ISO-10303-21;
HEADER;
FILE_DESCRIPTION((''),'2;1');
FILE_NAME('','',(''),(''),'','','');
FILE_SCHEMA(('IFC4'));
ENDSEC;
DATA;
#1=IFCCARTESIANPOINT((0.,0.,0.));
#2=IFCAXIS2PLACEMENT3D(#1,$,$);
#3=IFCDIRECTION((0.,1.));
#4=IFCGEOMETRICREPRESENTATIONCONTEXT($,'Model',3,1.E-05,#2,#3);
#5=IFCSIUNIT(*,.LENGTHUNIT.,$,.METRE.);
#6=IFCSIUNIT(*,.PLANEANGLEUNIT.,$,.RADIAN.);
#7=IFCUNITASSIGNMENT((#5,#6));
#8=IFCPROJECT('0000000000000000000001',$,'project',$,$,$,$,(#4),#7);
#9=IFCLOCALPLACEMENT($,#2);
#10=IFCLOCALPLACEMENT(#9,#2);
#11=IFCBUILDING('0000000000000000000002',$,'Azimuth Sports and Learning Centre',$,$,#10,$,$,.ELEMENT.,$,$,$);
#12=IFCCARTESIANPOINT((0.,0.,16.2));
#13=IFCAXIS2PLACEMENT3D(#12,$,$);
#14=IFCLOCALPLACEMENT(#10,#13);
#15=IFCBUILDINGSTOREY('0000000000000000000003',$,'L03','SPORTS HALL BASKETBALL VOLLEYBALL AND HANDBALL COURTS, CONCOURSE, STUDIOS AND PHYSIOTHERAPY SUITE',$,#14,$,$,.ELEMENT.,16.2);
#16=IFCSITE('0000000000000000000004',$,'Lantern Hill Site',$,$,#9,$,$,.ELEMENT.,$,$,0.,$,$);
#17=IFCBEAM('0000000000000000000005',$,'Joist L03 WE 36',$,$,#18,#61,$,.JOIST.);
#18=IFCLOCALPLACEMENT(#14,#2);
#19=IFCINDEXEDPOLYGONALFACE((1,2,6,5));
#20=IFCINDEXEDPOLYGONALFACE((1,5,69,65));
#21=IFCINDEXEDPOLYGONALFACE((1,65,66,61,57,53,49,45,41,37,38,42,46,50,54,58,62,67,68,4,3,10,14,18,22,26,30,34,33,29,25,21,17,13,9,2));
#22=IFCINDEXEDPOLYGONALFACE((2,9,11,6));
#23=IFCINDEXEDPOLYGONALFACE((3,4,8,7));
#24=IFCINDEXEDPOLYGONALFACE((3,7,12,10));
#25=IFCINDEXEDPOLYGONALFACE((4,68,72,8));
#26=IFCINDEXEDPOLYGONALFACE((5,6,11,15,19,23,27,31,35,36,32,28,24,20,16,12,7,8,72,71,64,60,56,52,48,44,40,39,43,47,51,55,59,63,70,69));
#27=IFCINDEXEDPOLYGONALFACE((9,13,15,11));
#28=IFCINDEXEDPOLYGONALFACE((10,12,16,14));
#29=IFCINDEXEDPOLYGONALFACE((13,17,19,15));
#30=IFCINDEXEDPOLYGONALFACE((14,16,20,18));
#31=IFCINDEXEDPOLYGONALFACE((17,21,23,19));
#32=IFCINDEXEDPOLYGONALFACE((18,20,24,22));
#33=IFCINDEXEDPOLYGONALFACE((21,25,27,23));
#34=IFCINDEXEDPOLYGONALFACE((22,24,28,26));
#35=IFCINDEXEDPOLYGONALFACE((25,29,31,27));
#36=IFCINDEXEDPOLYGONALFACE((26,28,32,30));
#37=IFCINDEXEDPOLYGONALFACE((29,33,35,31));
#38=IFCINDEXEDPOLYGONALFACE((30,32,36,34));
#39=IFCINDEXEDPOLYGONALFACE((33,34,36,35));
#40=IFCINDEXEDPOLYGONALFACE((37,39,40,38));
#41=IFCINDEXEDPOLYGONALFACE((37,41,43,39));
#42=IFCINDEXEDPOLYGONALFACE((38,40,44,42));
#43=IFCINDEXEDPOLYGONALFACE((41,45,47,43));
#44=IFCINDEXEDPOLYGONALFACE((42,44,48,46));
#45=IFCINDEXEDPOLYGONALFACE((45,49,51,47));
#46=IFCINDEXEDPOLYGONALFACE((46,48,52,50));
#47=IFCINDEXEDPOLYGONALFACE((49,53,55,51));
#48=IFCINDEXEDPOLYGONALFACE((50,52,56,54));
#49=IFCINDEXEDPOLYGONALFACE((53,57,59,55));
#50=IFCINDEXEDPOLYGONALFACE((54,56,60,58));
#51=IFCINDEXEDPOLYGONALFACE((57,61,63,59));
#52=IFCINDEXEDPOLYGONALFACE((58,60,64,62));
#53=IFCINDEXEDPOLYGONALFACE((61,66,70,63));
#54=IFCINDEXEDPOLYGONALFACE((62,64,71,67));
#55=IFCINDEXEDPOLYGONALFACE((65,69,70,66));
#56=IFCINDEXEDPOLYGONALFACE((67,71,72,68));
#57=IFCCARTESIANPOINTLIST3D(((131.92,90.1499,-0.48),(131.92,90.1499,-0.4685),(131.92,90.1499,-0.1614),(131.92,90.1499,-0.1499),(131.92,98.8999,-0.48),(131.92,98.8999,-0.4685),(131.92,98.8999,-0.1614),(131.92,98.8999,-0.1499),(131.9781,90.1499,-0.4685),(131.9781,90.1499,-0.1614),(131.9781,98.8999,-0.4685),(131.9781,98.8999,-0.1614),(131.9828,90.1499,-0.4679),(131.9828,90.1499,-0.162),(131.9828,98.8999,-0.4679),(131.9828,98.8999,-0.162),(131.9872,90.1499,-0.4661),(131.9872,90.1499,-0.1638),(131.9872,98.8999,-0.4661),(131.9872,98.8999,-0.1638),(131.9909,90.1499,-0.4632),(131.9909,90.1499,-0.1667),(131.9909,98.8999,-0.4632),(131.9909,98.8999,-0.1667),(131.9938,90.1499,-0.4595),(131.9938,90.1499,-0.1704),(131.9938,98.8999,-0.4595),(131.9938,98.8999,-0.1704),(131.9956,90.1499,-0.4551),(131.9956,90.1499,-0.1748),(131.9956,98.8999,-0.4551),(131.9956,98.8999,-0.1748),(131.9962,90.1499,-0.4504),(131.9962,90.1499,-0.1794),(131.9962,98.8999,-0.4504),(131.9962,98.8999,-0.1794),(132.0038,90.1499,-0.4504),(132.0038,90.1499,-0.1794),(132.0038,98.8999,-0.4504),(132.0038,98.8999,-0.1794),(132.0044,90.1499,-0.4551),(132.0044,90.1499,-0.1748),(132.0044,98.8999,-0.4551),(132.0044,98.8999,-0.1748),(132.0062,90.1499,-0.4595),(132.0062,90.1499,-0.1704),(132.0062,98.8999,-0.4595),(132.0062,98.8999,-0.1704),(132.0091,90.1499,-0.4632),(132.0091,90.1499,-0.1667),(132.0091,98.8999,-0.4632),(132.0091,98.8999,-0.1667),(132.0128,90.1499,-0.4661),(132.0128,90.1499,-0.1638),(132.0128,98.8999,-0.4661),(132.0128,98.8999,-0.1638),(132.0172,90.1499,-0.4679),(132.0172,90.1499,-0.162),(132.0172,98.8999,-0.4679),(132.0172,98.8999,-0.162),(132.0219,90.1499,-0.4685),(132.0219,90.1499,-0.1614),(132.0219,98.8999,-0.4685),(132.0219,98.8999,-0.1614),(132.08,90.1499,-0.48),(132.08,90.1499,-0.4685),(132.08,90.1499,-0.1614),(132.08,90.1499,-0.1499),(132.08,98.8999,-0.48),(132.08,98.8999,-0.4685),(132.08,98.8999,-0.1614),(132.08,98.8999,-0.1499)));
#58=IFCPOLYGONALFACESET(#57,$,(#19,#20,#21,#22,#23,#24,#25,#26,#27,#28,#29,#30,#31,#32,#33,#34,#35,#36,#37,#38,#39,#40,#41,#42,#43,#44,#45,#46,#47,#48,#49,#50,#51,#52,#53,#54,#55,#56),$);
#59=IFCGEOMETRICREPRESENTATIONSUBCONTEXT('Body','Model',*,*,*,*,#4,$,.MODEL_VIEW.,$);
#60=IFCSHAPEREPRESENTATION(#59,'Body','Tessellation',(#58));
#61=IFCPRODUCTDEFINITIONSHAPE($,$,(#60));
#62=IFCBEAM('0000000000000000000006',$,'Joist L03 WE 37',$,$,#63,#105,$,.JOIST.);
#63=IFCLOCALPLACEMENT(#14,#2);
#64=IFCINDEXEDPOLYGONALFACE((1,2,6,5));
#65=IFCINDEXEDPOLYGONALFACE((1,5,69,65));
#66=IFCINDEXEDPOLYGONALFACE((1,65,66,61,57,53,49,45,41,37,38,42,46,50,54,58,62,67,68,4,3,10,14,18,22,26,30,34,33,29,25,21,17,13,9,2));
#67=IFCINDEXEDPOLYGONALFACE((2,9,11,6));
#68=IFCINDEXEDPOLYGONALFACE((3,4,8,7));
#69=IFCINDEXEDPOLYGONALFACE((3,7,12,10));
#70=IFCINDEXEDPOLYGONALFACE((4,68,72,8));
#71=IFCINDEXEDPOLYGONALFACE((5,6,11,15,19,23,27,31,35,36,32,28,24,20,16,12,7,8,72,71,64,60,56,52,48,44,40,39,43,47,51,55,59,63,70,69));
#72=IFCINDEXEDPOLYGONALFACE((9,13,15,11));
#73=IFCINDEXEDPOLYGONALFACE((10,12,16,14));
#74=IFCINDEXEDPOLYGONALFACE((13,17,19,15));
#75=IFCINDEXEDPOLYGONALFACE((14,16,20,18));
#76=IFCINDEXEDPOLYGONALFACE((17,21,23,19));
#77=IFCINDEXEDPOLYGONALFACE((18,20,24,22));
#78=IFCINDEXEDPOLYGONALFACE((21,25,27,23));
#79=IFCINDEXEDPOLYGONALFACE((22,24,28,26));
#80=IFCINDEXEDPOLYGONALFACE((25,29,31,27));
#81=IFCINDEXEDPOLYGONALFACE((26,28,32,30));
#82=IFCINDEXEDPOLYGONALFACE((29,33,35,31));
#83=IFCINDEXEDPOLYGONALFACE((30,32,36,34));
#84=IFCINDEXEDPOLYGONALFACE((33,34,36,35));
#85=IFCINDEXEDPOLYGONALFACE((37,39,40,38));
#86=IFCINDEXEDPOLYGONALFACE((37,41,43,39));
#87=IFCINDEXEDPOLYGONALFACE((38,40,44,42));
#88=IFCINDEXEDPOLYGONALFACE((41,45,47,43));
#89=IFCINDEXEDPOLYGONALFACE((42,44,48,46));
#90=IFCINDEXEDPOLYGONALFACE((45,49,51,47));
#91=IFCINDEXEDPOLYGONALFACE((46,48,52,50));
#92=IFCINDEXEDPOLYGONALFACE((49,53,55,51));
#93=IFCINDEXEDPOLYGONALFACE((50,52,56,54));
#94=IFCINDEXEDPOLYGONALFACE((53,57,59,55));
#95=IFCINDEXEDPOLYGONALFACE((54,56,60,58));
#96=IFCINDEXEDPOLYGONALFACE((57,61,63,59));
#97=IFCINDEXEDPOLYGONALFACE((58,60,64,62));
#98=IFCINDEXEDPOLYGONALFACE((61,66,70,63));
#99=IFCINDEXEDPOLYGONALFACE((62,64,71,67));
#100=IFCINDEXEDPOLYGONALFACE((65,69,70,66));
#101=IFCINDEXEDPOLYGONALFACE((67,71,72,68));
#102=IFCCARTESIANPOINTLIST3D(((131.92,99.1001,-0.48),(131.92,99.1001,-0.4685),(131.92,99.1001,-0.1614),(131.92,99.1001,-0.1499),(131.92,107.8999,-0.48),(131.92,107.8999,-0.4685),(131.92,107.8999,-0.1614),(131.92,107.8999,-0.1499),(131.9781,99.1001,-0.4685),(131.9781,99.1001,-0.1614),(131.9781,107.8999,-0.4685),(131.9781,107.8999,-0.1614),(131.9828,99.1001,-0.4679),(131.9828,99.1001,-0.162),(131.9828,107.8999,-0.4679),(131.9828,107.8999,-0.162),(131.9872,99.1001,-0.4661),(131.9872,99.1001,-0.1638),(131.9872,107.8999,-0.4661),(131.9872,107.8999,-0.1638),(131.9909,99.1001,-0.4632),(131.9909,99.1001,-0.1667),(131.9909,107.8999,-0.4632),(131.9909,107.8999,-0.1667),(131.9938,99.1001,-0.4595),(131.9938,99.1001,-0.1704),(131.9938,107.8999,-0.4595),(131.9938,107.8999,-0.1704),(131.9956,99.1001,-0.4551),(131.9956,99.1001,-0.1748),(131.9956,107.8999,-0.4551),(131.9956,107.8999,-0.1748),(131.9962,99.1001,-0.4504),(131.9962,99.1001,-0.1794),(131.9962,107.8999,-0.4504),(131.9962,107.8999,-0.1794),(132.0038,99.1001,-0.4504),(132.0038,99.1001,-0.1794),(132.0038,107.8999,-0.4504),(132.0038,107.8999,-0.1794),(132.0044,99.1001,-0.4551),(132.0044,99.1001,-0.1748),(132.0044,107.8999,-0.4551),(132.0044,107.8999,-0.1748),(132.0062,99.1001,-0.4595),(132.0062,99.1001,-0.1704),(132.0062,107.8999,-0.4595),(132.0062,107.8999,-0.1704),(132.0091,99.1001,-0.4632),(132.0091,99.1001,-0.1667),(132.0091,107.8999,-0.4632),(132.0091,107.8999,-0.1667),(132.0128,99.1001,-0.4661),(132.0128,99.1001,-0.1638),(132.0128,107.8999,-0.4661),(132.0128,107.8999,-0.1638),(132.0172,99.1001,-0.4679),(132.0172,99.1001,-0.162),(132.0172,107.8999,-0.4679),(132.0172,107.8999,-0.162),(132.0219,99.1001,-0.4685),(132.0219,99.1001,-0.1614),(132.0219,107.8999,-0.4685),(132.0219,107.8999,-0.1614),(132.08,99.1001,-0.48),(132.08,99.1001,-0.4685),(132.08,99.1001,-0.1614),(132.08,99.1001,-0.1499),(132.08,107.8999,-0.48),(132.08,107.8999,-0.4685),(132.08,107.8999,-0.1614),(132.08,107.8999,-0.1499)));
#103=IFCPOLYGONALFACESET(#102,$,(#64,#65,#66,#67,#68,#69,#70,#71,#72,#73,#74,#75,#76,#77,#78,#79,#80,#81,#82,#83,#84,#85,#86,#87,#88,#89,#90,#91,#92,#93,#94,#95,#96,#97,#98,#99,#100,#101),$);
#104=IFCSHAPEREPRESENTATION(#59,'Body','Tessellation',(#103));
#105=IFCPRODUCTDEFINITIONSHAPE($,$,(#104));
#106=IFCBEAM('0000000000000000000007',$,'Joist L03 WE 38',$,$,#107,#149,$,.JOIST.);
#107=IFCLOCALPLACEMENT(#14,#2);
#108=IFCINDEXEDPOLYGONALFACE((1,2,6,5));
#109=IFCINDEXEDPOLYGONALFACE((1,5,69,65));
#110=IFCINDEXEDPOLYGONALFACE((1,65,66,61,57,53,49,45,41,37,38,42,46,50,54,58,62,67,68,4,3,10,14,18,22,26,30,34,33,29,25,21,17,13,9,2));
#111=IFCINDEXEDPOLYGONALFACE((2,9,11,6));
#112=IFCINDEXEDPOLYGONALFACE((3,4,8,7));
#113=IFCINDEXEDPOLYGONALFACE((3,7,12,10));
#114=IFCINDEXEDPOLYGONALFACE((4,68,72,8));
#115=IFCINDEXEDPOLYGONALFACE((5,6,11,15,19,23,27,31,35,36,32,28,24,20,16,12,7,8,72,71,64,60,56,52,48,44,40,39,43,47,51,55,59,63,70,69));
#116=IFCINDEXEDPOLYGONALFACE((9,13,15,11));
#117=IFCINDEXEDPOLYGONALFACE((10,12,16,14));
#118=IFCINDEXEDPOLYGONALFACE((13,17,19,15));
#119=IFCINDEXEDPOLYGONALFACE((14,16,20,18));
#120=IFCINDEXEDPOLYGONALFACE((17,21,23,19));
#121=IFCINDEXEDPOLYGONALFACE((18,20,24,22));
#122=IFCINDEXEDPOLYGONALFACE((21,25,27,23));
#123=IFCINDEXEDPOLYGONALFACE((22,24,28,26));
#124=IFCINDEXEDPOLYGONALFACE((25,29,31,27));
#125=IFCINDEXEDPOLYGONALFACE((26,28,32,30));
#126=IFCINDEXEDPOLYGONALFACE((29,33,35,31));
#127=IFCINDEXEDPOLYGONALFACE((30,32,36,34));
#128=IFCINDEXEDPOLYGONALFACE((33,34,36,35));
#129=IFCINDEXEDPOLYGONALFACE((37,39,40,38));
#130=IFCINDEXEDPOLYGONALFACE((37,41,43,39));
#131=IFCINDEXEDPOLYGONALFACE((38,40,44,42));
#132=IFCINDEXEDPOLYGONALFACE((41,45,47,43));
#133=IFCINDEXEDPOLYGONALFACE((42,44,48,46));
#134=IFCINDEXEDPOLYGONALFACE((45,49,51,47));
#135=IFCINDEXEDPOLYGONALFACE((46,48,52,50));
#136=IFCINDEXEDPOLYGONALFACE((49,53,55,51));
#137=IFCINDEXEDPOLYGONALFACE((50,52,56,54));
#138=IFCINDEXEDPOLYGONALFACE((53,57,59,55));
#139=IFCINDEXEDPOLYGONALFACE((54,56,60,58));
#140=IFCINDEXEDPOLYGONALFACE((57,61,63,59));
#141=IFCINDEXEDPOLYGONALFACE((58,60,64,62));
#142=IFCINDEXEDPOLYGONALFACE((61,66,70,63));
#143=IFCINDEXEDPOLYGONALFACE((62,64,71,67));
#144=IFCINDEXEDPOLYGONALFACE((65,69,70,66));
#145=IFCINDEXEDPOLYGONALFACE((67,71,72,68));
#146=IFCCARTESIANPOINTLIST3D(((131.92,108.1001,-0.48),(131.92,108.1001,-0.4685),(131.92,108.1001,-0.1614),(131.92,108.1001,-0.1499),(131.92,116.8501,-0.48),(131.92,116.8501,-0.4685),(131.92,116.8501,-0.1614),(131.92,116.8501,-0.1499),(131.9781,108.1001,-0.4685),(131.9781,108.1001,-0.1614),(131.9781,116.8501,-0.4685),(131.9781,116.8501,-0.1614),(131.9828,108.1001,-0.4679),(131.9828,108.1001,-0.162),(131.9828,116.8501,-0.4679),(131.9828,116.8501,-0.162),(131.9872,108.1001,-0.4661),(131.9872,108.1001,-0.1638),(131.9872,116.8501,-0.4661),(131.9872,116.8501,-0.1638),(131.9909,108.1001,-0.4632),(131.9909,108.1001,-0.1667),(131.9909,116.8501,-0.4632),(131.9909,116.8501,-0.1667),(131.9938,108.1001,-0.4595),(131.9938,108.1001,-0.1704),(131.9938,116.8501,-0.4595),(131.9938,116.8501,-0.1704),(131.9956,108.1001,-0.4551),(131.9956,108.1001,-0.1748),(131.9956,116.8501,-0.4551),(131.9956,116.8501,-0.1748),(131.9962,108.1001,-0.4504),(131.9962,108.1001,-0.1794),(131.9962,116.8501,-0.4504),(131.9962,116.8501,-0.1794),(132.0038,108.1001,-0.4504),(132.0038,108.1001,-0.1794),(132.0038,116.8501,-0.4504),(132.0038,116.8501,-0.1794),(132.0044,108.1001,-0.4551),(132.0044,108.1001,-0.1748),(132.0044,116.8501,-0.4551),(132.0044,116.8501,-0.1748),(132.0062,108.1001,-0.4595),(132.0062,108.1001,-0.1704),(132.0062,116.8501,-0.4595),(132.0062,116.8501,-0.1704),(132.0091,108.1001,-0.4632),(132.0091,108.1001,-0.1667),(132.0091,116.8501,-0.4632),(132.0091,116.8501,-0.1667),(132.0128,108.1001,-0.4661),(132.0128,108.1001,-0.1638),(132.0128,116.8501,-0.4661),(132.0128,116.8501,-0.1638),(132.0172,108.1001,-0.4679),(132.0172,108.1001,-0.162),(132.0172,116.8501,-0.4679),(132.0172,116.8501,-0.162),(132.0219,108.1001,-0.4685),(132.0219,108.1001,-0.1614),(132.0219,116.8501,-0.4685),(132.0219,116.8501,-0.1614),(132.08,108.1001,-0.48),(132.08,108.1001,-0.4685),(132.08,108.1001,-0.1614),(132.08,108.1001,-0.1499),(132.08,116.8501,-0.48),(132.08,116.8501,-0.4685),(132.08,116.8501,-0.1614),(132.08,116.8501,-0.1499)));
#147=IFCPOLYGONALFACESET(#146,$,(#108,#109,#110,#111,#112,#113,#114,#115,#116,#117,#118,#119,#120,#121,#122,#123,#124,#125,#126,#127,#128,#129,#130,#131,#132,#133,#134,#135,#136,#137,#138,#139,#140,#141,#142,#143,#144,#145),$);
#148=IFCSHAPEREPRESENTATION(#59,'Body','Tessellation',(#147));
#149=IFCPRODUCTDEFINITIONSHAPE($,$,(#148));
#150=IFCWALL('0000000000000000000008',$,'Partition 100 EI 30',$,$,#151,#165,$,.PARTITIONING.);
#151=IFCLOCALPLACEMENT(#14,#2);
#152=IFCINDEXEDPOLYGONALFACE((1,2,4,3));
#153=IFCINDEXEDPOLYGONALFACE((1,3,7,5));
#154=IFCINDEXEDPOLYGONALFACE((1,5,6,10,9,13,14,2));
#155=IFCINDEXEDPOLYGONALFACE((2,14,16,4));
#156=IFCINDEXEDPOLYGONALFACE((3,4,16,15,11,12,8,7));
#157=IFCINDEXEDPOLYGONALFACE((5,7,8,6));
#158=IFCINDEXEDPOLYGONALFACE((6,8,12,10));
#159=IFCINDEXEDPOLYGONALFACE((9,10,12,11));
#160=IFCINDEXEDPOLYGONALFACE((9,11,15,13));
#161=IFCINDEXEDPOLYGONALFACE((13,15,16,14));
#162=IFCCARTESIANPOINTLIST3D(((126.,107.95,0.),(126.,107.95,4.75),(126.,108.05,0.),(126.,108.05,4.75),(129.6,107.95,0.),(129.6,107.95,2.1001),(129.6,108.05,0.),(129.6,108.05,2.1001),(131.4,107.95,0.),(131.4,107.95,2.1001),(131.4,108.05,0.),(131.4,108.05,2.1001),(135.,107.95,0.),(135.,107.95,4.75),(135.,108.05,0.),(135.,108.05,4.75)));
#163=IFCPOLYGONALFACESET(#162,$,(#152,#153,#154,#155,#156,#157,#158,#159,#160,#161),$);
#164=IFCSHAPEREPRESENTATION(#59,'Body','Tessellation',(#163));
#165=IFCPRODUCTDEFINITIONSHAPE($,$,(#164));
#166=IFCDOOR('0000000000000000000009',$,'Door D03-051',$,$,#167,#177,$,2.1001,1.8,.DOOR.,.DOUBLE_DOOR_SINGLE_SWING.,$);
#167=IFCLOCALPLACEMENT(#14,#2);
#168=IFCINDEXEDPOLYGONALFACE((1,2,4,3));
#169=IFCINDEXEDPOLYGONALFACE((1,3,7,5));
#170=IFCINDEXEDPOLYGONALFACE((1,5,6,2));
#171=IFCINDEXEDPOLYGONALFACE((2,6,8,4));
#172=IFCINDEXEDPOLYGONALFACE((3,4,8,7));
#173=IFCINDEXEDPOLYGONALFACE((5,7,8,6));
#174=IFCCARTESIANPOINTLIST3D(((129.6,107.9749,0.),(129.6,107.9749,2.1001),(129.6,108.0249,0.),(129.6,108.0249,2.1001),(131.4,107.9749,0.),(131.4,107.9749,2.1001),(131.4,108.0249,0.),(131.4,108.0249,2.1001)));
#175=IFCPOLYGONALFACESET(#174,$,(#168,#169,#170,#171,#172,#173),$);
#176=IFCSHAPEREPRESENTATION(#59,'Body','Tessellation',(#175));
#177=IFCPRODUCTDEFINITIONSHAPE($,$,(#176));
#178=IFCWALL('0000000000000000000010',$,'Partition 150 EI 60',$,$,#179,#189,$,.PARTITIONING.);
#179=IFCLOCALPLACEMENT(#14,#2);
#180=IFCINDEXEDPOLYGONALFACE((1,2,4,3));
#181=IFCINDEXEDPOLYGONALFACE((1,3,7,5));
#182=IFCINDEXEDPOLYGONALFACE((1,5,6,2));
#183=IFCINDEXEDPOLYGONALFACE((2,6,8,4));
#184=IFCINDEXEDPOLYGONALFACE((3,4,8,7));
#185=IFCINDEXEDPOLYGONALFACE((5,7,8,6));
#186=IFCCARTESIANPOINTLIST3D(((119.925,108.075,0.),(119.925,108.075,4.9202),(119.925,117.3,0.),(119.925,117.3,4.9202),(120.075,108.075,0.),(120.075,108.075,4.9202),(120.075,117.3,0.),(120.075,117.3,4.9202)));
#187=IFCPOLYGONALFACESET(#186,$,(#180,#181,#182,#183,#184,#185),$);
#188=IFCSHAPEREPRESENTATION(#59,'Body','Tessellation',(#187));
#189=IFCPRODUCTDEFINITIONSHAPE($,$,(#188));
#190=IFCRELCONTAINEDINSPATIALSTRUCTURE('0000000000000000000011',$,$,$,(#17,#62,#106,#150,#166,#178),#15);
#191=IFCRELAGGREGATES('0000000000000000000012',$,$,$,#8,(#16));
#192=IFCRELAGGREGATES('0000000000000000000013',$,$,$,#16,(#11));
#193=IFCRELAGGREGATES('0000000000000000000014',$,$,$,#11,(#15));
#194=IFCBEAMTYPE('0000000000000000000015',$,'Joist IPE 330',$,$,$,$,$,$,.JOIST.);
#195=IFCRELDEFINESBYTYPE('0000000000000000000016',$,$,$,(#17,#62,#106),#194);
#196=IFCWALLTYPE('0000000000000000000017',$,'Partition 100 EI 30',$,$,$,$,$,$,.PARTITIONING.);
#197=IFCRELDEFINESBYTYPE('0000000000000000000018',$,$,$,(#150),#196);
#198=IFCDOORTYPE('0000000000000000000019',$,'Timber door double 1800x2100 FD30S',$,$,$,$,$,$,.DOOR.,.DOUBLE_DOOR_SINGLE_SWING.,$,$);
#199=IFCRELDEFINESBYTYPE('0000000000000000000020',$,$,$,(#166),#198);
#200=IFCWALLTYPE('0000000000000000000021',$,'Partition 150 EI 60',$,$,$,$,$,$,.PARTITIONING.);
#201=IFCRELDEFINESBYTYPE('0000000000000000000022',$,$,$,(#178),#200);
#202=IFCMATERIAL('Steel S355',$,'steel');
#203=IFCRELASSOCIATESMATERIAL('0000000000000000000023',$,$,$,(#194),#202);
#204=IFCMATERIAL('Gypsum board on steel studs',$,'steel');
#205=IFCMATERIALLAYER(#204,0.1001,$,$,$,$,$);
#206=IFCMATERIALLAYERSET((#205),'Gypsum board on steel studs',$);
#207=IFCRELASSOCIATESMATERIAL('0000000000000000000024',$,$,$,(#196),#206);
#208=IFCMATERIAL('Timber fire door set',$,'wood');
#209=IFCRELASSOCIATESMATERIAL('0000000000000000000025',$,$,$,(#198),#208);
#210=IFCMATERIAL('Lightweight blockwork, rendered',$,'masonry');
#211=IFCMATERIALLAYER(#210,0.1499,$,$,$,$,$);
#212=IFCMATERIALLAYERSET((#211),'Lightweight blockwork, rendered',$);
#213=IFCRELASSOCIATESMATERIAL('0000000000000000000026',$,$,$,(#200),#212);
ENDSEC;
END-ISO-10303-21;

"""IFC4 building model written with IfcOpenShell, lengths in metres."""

from ifc_helpers import new_model, si_unit, direction, frame, frame_2d, origin, origin_2d, place, context, subcontext, project, spatial, rectangle, i_section, extrude, material, layer, layer_set, material_profile, profile_set, type_object, element, fill, save


model = new_model("IFC4")

# Units and contexts
model_context = context("Model", 3, precision=1e-05, world=origin(), true_north=direction((0.0, 1.0)))
body_context = subcontext(model_context, "Body", "Model", "MODEL_VIEW")
ifc_project = project(units=[si_unit("LENGTHUNIT", "METRE"), si_unit("PLANEANGLEUNIT", "RADIAN")], contexts=[model_context])

# Site, building, storey
site_placement = place(None, origin())
site = spatial("IfcSite", under=ifc_project, at=site_placement, Name="Lantern Hill Site", CompositionType="ELEMENT", RefElevation=0.0)
building_placement = place(site_placement, origin())
building = spatial("IfcBuilding", under=site, at=building_placement, Name="Azimuth Sports and Learning Centre", CompositionType="ELEMENT")
storey_placement = place(building_placement, frame((0.0, 0.0, 16.2)))
storey = spatial("IfcBuildingStorey", under=building, at=storey_placement, Name="L03", Description="SPORTS HALL BASKETBALL VOLLEYBALL AND HANDBALL COURTS, CONCOURSE, STUDIOS AND PHYSIOTHERAPY SUITE", CompositionType="ELEMENT", Elevation=16.2)

# Beams
ifc_material_1 = material(Name="Steel S355", Category="steel")
ifc_material_profile_1 = material_profile(ifc_material_1, i_section(OverallWidth=0.1599, OverallDepth=0.3301, WebThickness=0.0076, FlangeThickness=0.0115, FilletRadius=0.0181, at=origin_2d()), Name="IPE 330")
ifc_profile_set_1 = profile_set([ifc_material_profile_1], Name="Steel S355")
beam_type_1 = type_object("IfcBeamType", Name="Joist IPE 330", PredefinedType="JOIST", material=ifc_profile_set_1)
for number, where, z_axis, x_axis, name in (
    (1, (132.0, 90.1499, -0.3149), (0.0, 1.0, 0.0), (-1.0, 0.0, 0.0), "Joist L03 WE 36"),
):
    element("IfcBeam", number, at=place(storey_placement, frame(where, z_axis=z_axis, x_axis=x_axis)), inside=storey, type_object=beam_type_1, Name=name, PredefinedType="JOIST", context=body_context, shape_type="SweptSolid", body=[
        extrude(i_section(OverallWidth=0.1599, OverallDepth=0.3301, WebThickness=0.0076, FlangeThickness=0.0115, FilletRadius=0.0181, at=origin_2d()), origin(), (0.0, 0.0, 1.0), 8.75),
    ])
beam_1_placement = place(storey_placement, frame((132.0, 99.1001, -0.3149), z_axis=(0.0, 1.0, 0.0), x_axis=(-1.0, 0.0, 0.0)))
element("IfcBeam", 2, at=beam_1_placement, inside=storey, type_object=beam_type_1, Name="Joist L03 WE 37", PredefinedType="JOIST", context=body_context, shape_type="SweptSolid", body=[
    extrude(i_section(OverallWidth=0.1599, OverallDepth=0.3301, WebThickness=0.0076, FlangeThickness=0.0115, FilletRadius=0.0181, at=origin_2d()), origin(), (0.0, 0.0, 1.0), 8.7998),
])
beam_2_placement = place(storey_placement, frame((132.0, 108.1001, -0.3149), z_axis=(0.0, 1.0, 0.0), x_axis=(-1.0, 0.0, 0.0)))
element("IfcBeam", 3, at=beam_2_placement, inside=storey, type_object=beam_type_1, Name="Joist L03 WE 38", PredefinedType="JOIST", context=body_context, shape_type="SweptSolid", body=[
    extrude(i_section(OverallWidth=0.1599, OverallDepth=0.3301, WebThickness=0.0076, FlangeThickness=0.0115, FilletRadius=0.0181, at=origin_2d()), origin(), (0.0, 0.0, 1.0), 8.75),
])

# Wall, opening, door
ifc_material_2 = material(Name="Gypsum board on steel studs", Category="steel")
ifc_layer_1 = layer(ifc_material_2, 0.1001)
ifc_layer_set_1 = layer_set([ifc_layer_1], Name="Gypsum board on steel studs")
wall_type_1 = type_object("IfcWallType", Name="Partition 100 EI 30", PredefinedType="PARTITIONING", material=ifc_layer_set_1)
wall_1_placement = place(storey_placement, frame((126.0, 108.0, 0.0), z_axis=(0.0, 0.0, 1.0), x_axis=(1.0, 0.0, 0.0)))
wall_1 = element("IfcWall", 4, at=wall_1_placement, inside=storey, type_object=wall_type_1, Name="Partition 100 EI 30", PredefinedType="PARTITIONING", context=body_context, shape_type="SweptSolid", body=[
    extrude(rectangle(XDim=9.0, YDim=0.1001, at=frame_2d((4.5, 0.0))), origin(), (0.0, 0.0, 1.0), 4.75),
])
opening_placement = place(wall_1_placement, frame((3.6001, 0.0, 0.0)))
opening = element("IfcOpeningElement", 5, at=opening_placement, cuts=wall_1, PredefinedType="OPENING", context=body_context, shape_type="SweptSolid", body=[
    extrude(rectangle(XDim=1.8, YDim=2.1001, at=frame_2d((0.8999, 1.05))), frame((0.0, 0.061, 0.0), z_axis=(0.0, -1.0, 0.0), x_axis=(1.0, 0.0, 0.0)), (0.0, 0.0, 1.0), 0.1221),
])
ifc_material_3 = material(Name="Timber fire door set", Category="wood")
door_type = type_object("IfcDoorType", Name="Timber door double 1800x2100 FD30S", OperationType="DOUBLE_DOOR_SINGLE_SWING", PredefinedType="DOOR", material=ifc_material_3)
door_placement = place(opening_placement, origin())
door = element("IfcDoor", 6, at=door_placement, inside=storey, type_object=door_type, Name="Door D03-051", OperationType="DOUBLE_DOOR_SINGLE_SWING", OverallHeight=2.1001, OverallWidth=1.8, PredefinedType="DOOR", context=body_context, shape_type="SweptSolid", body=[
    extrude(rectangle(XDim=1.8, YDim=2.1001, at=frame_2d((0.8999, 1.05))), frame((0.0, 0.0249, 0.0), z_axis=(0.0, -1.0, 0.0), x_axis=(1.0, 0.0, 0.0)), (0.0, 0.0, 1.0), 0.05),
])
fill(opening, door)

# Wall
ifc_material_4 = material(Name="Lightweight blockwork, rendered", Category="masonry")
ifc_layer_2 = layer(ifc_material_4, 0.1499)
ifc_layer_set_2 = layer_set([ifc_layer_2], Name="Lightweight blockwork, rendered")
wall_type_2 = type_object("IfcWallType", Name="Partition 150 EI 60", PredefinedType="PARTITIONING", material=ifc_layer_set_2)
for number, where, z_axis, x_axis, name in (
    (7, (120.0, 108.075, 0.0), (0.0, 0.0, 1.0), (0.0, 1.0, 0.0), "Partition 150 EI 60"),
):
    element("IfcWall", number, at=place(storey_placement, frame(where, z_axis=z_axis, x_axis=x_axis)), inside=storey, type_object=wall_type_2, Name=name, PredefinedType="PARTITIONING", context=body_context, shape_type="SweptSolid", body=[
        extrude(rectangle(XDim=9.2251, YDim=0.1499, at=frame_2d((4.6125, 0.0))), origin(), (0.0, 0.0, 1.0), 4.9202),
    ])

save(model, "model.ifc")
